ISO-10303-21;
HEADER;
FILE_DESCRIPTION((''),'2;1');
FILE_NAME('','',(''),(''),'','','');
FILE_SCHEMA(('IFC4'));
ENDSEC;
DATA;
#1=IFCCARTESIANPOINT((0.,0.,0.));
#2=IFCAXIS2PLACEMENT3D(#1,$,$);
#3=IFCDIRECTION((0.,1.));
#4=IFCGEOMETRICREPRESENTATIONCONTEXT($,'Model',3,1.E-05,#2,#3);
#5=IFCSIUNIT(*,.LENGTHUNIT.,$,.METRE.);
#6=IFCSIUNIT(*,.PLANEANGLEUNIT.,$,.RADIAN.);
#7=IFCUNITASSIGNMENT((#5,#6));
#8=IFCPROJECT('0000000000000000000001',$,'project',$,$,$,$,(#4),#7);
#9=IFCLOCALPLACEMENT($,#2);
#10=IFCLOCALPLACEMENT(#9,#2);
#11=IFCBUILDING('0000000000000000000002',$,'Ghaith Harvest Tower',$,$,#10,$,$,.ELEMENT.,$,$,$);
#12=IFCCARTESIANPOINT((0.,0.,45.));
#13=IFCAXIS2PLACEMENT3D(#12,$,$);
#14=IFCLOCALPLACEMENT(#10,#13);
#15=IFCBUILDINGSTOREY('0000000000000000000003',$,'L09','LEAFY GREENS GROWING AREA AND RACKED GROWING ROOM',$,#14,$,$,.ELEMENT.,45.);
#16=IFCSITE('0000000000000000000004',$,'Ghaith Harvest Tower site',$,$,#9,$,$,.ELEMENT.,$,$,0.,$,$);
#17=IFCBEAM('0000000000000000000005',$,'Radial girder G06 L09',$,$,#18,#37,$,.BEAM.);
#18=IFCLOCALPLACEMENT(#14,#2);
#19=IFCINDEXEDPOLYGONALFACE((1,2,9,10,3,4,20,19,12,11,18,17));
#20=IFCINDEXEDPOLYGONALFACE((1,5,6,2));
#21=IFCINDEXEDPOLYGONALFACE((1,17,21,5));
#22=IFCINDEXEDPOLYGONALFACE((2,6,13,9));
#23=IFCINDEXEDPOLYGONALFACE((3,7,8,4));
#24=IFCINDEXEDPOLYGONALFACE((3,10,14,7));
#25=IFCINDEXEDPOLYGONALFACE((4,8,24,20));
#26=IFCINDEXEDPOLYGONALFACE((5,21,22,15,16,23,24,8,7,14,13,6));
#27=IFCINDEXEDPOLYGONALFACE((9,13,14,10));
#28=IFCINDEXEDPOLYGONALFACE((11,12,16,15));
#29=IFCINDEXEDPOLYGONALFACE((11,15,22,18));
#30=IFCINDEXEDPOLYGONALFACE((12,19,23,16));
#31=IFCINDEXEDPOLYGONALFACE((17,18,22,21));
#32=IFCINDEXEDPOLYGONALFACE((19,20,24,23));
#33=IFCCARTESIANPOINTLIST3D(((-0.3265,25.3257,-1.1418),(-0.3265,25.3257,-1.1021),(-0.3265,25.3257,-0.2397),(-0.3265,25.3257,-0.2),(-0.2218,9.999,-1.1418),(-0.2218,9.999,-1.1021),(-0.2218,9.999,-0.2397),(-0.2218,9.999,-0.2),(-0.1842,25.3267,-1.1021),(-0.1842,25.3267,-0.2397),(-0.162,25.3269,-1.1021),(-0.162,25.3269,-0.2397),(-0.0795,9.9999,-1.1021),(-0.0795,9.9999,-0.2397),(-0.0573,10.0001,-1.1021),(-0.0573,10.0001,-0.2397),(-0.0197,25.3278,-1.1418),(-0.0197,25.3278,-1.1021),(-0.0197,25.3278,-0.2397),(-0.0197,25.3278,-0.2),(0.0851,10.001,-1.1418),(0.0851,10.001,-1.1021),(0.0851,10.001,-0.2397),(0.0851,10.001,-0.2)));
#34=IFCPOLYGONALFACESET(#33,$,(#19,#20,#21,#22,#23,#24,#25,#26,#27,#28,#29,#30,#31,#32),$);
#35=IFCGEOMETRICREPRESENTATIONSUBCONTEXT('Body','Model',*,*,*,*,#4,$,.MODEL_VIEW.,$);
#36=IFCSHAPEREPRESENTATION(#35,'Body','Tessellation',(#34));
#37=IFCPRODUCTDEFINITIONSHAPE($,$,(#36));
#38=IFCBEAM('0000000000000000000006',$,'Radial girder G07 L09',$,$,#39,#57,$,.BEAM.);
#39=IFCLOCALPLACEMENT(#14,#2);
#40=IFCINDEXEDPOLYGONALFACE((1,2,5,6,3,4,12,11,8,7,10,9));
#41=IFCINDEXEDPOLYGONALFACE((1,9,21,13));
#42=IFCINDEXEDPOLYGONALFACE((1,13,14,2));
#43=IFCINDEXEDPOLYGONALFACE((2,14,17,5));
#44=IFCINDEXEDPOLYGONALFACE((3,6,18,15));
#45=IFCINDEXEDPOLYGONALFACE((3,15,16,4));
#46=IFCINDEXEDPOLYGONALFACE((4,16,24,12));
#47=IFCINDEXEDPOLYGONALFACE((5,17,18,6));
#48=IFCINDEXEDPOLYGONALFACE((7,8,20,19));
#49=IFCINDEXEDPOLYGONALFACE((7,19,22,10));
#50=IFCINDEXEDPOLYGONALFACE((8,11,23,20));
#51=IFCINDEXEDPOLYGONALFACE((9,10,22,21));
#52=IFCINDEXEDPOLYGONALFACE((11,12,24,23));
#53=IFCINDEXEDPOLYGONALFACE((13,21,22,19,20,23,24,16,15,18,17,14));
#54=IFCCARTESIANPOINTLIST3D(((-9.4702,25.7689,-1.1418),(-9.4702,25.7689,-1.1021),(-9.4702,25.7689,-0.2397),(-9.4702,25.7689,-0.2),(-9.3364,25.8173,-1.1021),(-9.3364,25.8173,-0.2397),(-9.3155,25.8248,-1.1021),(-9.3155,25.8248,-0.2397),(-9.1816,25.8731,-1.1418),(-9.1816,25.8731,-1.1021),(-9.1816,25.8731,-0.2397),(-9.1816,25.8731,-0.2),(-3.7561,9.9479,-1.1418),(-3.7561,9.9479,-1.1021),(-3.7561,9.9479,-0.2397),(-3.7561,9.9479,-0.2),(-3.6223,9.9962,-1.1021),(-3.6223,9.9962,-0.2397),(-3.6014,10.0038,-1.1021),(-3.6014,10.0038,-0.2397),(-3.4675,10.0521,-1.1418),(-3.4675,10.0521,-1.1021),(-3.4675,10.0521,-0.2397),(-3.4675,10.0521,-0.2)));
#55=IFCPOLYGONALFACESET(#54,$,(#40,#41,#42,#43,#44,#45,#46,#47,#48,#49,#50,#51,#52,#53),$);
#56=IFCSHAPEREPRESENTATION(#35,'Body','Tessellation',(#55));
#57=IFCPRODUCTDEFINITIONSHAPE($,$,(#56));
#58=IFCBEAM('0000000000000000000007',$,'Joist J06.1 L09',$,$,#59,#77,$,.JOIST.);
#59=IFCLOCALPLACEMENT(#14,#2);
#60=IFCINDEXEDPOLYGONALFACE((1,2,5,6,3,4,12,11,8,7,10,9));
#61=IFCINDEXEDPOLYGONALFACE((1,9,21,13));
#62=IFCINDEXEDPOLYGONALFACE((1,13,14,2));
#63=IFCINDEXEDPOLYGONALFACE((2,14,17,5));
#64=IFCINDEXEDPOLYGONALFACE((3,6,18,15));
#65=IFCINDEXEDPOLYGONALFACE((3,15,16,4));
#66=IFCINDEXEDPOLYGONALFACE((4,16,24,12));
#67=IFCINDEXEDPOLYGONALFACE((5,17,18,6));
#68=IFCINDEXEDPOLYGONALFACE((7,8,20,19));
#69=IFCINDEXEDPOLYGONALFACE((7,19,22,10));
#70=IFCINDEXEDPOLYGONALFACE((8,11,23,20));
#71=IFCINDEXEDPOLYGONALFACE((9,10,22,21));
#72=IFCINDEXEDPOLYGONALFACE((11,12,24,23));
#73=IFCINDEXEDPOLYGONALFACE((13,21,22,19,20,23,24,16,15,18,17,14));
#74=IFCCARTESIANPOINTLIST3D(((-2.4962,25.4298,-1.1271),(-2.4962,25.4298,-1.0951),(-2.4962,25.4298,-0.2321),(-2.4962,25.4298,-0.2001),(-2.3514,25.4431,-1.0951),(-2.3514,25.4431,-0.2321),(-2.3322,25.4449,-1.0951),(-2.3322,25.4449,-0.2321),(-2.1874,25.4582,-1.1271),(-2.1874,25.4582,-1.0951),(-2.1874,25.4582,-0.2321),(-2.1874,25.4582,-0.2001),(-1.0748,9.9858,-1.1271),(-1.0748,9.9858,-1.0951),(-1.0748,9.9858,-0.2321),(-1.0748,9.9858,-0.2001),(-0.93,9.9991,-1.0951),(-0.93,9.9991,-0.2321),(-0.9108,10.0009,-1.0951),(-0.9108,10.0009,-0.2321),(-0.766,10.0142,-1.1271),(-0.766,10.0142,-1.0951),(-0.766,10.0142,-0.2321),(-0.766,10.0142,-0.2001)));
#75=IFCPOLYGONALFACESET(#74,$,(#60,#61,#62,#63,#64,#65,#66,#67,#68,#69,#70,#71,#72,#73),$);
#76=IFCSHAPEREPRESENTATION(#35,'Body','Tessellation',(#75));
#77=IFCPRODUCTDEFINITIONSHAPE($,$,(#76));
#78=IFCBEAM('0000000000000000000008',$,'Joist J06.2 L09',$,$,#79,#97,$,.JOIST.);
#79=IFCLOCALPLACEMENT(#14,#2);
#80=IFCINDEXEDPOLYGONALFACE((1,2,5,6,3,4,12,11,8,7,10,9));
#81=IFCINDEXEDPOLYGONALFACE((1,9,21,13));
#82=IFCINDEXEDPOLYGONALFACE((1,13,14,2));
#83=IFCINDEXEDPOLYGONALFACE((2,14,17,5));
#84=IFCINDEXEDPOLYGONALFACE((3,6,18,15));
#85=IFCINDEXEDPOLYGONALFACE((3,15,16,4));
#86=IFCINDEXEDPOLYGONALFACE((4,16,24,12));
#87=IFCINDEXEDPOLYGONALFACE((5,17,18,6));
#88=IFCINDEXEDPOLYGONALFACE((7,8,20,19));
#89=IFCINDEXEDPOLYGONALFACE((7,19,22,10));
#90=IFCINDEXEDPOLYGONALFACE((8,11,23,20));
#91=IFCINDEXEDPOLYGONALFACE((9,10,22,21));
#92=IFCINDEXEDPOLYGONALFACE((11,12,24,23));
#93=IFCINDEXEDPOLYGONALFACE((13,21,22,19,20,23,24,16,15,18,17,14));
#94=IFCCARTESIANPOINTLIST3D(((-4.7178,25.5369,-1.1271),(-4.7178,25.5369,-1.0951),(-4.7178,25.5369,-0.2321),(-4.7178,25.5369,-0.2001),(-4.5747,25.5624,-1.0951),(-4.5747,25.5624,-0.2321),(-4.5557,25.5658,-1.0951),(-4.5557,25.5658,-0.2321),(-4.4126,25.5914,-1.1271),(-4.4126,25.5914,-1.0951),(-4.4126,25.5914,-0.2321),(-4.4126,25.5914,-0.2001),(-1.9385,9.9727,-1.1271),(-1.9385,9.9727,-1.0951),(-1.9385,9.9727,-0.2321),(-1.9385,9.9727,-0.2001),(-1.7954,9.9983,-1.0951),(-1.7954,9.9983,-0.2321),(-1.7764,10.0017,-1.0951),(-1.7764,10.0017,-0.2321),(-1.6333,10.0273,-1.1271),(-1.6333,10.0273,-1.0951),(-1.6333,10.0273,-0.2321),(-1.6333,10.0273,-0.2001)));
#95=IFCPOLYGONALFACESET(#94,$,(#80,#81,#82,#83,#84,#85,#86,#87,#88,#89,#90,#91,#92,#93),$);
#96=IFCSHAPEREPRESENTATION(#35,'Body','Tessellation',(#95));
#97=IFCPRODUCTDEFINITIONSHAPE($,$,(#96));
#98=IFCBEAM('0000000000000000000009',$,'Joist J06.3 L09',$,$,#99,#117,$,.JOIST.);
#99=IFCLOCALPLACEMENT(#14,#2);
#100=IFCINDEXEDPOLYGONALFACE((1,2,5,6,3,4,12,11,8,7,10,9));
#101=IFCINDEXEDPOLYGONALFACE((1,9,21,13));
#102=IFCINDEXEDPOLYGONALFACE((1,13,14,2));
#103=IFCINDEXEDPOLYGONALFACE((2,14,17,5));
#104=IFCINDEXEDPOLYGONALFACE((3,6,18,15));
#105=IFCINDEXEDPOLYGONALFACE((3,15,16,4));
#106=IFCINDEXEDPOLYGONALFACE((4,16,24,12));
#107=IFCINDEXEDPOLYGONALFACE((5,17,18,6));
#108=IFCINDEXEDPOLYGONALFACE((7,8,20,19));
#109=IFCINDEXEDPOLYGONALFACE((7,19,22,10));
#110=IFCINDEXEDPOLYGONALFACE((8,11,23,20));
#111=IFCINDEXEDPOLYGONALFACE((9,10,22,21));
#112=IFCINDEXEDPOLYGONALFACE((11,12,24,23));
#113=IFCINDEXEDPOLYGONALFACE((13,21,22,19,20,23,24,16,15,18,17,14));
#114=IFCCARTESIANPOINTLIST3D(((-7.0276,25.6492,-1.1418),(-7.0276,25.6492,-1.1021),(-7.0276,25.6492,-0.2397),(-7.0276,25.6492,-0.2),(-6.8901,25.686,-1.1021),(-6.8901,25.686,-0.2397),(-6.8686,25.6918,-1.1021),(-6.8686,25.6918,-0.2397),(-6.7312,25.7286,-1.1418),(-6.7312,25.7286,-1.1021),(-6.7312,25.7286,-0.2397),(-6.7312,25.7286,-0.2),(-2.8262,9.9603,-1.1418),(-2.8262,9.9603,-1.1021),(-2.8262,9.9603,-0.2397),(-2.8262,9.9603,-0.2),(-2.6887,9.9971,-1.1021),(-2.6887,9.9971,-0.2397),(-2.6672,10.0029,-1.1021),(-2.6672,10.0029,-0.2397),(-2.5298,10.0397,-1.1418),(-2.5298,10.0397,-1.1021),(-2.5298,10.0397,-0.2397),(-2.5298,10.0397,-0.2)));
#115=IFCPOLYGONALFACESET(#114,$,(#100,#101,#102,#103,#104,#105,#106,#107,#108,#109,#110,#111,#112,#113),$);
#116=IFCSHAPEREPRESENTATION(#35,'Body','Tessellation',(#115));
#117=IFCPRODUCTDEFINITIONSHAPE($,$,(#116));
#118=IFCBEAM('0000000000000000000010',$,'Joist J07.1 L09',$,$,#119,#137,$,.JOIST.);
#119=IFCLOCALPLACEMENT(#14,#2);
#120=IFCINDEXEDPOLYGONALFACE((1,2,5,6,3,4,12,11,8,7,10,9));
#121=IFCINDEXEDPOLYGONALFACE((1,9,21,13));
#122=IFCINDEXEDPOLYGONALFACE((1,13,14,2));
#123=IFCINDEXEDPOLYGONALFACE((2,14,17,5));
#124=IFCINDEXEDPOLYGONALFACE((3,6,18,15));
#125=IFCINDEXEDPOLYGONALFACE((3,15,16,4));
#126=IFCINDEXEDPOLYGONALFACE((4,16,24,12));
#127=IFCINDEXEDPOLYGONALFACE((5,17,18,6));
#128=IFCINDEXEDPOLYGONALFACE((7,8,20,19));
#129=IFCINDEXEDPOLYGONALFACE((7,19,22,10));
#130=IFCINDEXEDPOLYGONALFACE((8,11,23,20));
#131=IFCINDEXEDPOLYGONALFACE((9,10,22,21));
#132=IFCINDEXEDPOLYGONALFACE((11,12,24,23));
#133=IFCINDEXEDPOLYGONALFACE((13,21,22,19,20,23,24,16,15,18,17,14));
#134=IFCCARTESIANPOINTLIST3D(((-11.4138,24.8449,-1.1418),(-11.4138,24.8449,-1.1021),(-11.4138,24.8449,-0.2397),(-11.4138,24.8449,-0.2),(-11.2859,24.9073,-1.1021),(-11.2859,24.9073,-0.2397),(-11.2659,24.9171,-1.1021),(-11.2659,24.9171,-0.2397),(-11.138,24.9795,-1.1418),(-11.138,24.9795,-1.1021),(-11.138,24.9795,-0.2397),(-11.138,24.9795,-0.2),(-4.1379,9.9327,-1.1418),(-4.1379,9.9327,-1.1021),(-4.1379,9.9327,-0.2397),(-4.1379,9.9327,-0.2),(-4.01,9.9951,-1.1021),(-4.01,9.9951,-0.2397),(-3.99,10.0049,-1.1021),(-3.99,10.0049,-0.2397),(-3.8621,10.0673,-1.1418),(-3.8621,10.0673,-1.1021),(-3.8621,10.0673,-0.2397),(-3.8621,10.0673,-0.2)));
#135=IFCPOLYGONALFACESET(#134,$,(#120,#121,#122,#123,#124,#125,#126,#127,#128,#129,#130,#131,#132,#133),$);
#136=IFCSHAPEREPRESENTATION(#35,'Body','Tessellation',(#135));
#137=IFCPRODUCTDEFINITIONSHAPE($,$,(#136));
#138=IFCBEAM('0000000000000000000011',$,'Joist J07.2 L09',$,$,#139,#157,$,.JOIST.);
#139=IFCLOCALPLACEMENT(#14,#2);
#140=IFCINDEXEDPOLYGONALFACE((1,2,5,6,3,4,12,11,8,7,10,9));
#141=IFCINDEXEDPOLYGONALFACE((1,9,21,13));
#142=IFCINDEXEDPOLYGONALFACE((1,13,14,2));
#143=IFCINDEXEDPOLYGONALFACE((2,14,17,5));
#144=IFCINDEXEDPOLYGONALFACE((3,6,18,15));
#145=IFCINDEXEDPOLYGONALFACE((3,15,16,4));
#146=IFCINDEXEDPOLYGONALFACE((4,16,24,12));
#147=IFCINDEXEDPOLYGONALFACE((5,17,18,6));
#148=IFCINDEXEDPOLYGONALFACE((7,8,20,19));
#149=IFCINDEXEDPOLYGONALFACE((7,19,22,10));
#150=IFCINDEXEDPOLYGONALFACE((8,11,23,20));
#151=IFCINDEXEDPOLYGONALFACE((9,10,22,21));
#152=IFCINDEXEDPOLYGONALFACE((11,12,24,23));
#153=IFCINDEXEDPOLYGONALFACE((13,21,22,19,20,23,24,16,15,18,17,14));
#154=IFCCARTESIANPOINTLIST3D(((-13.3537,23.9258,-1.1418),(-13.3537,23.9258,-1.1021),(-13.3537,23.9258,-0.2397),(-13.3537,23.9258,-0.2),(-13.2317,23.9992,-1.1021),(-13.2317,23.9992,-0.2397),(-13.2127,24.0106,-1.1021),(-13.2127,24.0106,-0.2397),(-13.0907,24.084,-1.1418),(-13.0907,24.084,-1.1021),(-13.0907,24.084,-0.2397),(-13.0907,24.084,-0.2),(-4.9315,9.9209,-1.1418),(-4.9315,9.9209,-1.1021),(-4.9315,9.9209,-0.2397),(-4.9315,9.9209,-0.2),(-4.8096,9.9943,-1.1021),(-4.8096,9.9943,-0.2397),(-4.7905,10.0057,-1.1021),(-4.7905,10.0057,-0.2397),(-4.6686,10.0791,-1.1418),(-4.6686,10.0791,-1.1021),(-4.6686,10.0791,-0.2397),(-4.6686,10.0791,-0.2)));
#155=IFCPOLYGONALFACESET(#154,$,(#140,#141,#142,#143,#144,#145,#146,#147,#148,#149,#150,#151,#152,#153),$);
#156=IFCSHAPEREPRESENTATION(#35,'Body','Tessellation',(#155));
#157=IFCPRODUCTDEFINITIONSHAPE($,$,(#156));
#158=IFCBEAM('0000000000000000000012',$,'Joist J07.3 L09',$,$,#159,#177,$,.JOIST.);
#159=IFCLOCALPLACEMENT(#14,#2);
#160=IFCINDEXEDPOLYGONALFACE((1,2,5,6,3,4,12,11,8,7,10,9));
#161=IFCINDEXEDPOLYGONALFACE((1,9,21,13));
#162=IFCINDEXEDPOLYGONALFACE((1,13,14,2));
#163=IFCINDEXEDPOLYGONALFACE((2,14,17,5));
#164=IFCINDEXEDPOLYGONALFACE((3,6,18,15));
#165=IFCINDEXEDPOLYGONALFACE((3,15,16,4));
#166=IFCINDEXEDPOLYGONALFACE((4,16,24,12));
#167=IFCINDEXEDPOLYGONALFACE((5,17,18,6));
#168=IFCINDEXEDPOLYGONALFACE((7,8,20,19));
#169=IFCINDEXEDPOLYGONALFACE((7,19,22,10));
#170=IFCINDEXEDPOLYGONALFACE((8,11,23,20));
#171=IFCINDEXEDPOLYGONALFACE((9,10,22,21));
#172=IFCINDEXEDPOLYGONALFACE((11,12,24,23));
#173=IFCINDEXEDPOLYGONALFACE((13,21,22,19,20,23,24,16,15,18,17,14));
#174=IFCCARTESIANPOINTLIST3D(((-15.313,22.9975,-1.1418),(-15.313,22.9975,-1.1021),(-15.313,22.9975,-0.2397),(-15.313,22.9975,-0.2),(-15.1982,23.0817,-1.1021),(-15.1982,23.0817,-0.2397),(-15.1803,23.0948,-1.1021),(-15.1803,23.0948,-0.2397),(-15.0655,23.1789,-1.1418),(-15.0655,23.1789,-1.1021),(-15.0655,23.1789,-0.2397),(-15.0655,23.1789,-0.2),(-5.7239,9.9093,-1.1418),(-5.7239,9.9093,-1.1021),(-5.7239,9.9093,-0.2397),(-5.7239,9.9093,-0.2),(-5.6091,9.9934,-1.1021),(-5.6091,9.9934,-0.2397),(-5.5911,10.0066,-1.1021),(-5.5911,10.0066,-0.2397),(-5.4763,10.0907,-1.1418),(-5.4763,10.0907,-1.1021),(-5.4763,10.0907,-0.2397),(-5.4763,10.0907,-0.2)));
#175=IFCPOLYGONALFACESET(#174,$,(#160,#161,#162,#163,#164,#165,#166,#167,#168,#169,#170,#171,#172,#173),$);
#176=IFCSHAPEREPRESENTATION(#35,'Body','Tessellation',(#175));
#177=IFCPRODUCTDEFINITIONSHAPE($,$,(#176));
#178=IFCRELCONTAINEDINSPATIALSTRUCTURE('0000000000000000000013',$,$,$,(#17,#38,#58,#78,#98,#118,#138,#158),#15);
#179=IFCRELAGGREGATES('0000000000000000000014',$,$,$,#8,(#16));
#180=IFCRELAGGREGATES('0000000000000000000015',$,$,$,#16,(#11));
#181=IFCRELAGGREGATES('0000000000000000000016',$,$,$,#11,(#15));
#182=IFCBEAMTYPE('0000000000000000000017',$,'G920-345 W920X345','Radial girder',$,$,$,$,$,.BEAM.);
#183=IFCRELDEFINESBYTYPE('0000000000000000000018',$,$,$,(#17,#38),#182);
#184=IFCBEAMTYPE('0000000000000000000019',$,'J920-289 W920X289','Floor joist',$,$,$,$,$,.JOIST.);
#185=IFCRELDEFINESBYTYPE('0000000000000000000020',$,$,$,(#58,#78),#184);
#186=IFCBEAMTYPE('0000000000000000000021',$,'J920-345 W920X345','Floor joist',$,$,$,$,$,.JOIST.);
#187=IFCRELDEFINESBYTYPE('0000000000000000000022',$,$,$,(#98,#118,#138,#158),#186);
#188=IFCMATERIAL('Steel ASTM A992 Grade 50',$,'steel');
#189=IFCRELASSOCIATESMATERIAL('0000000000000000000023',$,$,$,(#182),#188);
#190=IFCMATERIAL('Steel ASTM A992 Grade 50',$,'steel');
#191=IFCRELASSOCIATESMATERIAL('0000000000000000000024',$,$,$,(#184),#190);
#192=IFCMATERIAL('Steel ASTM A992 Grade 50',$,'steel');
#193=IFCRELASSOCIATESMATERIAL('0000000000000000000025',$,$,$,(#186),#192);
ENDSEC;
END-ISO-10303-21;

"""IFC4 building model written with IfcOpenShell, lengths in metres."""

from ifc_helpers import new_model, si_unit, direction, frame, origin, origin_2d, place, context, subcontext, project, spatial, i_section, extrude, material, material_profile, profile_set, type_object, element, save


model = new_model("IFC4")

# Units and contexts
model_context = context("Model", 3, precision=1e-05, world=origin(), true_north=direction((0.0, 1.0)))
body_context = subcontext(model_context, "Body", "Model", "MODEL_VIEW")
ifc_project = project(units=[si_unit("LENGTHUNIT", "METRE"), si_unit("PLANEANGLEUNIT", "RADIAN")], contexts=[model_context])

# Site, building, storey
site_placement = place(None, origin())
site = spatial("IfcSite", under=ifc_project, at=site_placement, Name="Ghaith Harvest Tower site", CompositionType="ELEMENT", RefElevation=0.0)
building_placement = place(site_placement, origin())
building = spatial("IfcBuilding", under=site, at=building_placement, Name="Ghaith Harvest Tower", CompositionType="ELEMENT")
storey_placement = place(building_placement, frame((0.0, 0.0, 45.0)))
storey = spatial("IfcBuildingStorey", under=building, at=storey_placement, Name="L09", Description="LEAFY GREENS GROWING AREA AND RACKED GROWING ROOM", CompositionType="ELEMENT", Elevation=45.0)

# Beams
ifc_material_1 = material(Name="Steel ASTM A992 Grade 50", Category="steel")
ifc_material_profile_1 = material_profile(ifc_material_1, i_section(OverallWidth=0.3069, OverallDepth=0.9419, WebThickness=0.0222, FlangeThickness=0.0398, at=origin_2d()), Name="W920X345")
ifc_profile_set_1 = profile_set([ifc_material_profile_1], Name="Steel ASTM A992 Grade 50")
beam_type_1 = type_object("IfcBeamType", Name="G920-345 W920X345", Description="Radial girder", PredefinedType="BEAM", material=ifc_profile_set_1)
beam_1_placement = place(storey_placement, frame((-0.0684, 10.0, -0.6709), z_axis=(-0.006833, 0.999977, 0.0), x_axis=(-0.999977, -0.006833, 0.0)))
element("IfcBeam", 1, at=beam_1_placement, inside=storey, type_object=beam_type_1, Name="Radial girder G06 L09", PredefinedType="BEAM", context=body_context, shape_type="SweptSolid", body=[
    extrude(i_section(OverallWidth=0.3069, OverallDepth=0.9419, WebThickness=0.0222, FlangeThickness=0.0398, at=origin_2d()), origin(), (0.0, 0.0, 1.0), 15.3271),
])
beam_2_placement = place(storey_placement, frame((-3.6118, 10.0, -0.6709), z_axis=(-0.339695, 0.940536, 0.0), x_axis=(-0.940536, -0.339695, 0.0)))
element("IfcBeam", 2, at=beam_2_placement, inside=storey, type_object=beam_type_1, Name="Radial girder G07 L09", PredefinedType="BEAM", context=body_context, shape_type="SweptSolid", body=[
    extrude(i_section(OverallWidth=0.3069, OverallDepth=0.9419, WebThickness=0.0222, FlangeThickness=0.0398, at=origin_2d()), origin(), (0.0, 0.0, 1.0), 16.8213),
])
ifc_material_2 = material(Name="Steel ASTM A992 Grade 50", Category="steel")
ifc_material_profile_2 = material_profile(ifc_material_2, i_section(OverallWidth=0.3101, OverallDepth=0.927, WebThickness=0.0193, FlangeThickness=0.032, at=origin_2d()), Name="W920X289")
ifc_profile_set_2 = profile_set([ifc_material_profile_2], Name="Steel ASTM A992 Grade 50")
beam_type_2 = type_object("IfcBeamType", Name="J920-289 W920X289", Description="Floor joist", PredefinedType="JOIST", material=ifc_profile_set_2)
beam_3_placement = place(storey_placement, frame((-0.9204, 10.0, -0.6636), z_axis=(-0.091647, 0.995792, 0.0), x_axis=(-0.995792, -0.091647, 0.0)))
element("IfcBeam", 3, at=beam_3_placement, inside=storey, type_object=beam_type_2, Name="Joist J06.1 L09", PredefinedType="JOIST", context=body_context, shape_type="SweptSolid", body=[
    extrude(i_section(OverallWidth=0.3101, OverallDepth=0.927, WebThickness=0.0193, FlangeThickness=0.032, at=origin_2d()), origin(), (0.0, 0.0, 1.0), 15.5093),
])
beam_4_placement = place(storey_placement, frame((-1.7859, 10.0, -0.6636), z_axis=(-0.175789, 0.984428, 0.0), x_axis=(-0.984428, -0.175789, 0.0)))
element("IfcBeam", 4, at=beam_4_placement, inside=storey, type_object=beam_type_2, Name="Joist J06.2 L09", PredefinedType="JOIST", context=body_context, shape_type="SweptSolid", body=[
    extrude(i_section(OverallWidth=0.3101, OverallDepth=0.927, WebThickness=0.0193, FlangeThickness=0.032, at=origin_2d()), origin(), (0.0, 0.0, 1.0), 15.8103),
])
ifc_material_3 = material(Name="Steel ASTM A992 Grade 50", Category="steel")
ifc_material_profile_3 = material_profile(ifc_material_3, i_section(OverallWidth=0.3069, OverallDepth=0.9419, WebThickness=0.0222, FlangeThickness=0.0398, at=origin_2d()), Name="W920X345")
ifc_profile_set_3 = profile_set([ifc_material_profile_3], Name="Steel ASTM A992 Grade 50")
beam_type_3 = type_object("IfcBeamType", Name="J920-345 W920X345", Description="Floor joist", PredefinedType="JOIST", material=ifc_profile_set_3)
beam_5_placement = place(storey_placement, frame((-2.678, 10.0, -0.6709), z_axis=(-0.258679, 0.965963, 0.0), x_axis=(-0.965963, -0.258679, 0.0)))
element("IfcBeam", 5, at=beam_5_placement, inside=storey, type_object=beam_type_3, Name="Joist J06.3 L09", PredefinedType="JOIST", context=body_context, shape_type="SweptSolid", body=[
    extrude(i_section(OverallWidth=0.3069, OverallDepth=0.9419, WebThickness=0.0222, FlangeThickness=0.0398, at=origin_2d()), origin(), (0.0, 0.0, 1.0), 16.2417),
])
beam_6_placement = place(storey_placement, frame((-4.0, 10.0, -0.6709), z_axis=(-0.438505, 0.898729, 0.0), x_axis=(-0.898729, -0.438505, 0.0)))
element("IfcBeam", 6, at=beam_6_placement, inside=storey, type_object=beam_type_3, Name="Joist J07.1 L09", PredefinedType="JOIST", context=body_context, shape_type="SweptSolid", body=[
    extrude(i_section(OverallWidth=0.3069, OverallDepth=0.9419, WebThickness=0.0222, FlangeThickness=0.0398, at=origin_2d()), origin(), (0.0, 0.0, 1.0), 16.5925),
])
beam_7_placement = place(storey_placement, frame((-4.8, 10.0, -0.6709), z_axis=(-0.515359, 0.856974, 0.0), x_axis=(-0.856974, -0.515359, 0.0)))
element("IfcBeam", 7, at=beam_7_placement, inside=storey, type_object=beam_type_3, Name="Joist J07.2 L09", PredefinedType="JOIST", context=body_context, shape_type="SweptSolid", body=[
    extrude(i_section(OverallWidth=0.3069, OverallDepth=0.9419, WebThickness=0.0222, FlangeThickness=0.0398, at=origin_2d()), origin(), (0.0, 0.0, 1.0), 16.3423),
])
beam_8_placement = place(storey_placement, frame((-5.6001, 10.0, -0.6709), z_axis=(-0.591009, 0.806665, 0.0), x_axis=(-0.806665, -0.591009, 0.0)))
element("IfcBeam", 8, at=beam_8_placement, inside=storey, type_object=beam_type_3, Name="Joist J07.3 L09", PredefinedType="JOIST", context=body_context, shape_type="SweptSolid", body=[
    extrude(i_section(OverallWidth=0.3069, OverallDepth=0.9419, WebThickness=0.0222, FlangeThickness=0.0398, at=origin_2d()), origin(), (0.0, 0.0, 1.0), 16.2251),
])

save(model, "model.ifc")
